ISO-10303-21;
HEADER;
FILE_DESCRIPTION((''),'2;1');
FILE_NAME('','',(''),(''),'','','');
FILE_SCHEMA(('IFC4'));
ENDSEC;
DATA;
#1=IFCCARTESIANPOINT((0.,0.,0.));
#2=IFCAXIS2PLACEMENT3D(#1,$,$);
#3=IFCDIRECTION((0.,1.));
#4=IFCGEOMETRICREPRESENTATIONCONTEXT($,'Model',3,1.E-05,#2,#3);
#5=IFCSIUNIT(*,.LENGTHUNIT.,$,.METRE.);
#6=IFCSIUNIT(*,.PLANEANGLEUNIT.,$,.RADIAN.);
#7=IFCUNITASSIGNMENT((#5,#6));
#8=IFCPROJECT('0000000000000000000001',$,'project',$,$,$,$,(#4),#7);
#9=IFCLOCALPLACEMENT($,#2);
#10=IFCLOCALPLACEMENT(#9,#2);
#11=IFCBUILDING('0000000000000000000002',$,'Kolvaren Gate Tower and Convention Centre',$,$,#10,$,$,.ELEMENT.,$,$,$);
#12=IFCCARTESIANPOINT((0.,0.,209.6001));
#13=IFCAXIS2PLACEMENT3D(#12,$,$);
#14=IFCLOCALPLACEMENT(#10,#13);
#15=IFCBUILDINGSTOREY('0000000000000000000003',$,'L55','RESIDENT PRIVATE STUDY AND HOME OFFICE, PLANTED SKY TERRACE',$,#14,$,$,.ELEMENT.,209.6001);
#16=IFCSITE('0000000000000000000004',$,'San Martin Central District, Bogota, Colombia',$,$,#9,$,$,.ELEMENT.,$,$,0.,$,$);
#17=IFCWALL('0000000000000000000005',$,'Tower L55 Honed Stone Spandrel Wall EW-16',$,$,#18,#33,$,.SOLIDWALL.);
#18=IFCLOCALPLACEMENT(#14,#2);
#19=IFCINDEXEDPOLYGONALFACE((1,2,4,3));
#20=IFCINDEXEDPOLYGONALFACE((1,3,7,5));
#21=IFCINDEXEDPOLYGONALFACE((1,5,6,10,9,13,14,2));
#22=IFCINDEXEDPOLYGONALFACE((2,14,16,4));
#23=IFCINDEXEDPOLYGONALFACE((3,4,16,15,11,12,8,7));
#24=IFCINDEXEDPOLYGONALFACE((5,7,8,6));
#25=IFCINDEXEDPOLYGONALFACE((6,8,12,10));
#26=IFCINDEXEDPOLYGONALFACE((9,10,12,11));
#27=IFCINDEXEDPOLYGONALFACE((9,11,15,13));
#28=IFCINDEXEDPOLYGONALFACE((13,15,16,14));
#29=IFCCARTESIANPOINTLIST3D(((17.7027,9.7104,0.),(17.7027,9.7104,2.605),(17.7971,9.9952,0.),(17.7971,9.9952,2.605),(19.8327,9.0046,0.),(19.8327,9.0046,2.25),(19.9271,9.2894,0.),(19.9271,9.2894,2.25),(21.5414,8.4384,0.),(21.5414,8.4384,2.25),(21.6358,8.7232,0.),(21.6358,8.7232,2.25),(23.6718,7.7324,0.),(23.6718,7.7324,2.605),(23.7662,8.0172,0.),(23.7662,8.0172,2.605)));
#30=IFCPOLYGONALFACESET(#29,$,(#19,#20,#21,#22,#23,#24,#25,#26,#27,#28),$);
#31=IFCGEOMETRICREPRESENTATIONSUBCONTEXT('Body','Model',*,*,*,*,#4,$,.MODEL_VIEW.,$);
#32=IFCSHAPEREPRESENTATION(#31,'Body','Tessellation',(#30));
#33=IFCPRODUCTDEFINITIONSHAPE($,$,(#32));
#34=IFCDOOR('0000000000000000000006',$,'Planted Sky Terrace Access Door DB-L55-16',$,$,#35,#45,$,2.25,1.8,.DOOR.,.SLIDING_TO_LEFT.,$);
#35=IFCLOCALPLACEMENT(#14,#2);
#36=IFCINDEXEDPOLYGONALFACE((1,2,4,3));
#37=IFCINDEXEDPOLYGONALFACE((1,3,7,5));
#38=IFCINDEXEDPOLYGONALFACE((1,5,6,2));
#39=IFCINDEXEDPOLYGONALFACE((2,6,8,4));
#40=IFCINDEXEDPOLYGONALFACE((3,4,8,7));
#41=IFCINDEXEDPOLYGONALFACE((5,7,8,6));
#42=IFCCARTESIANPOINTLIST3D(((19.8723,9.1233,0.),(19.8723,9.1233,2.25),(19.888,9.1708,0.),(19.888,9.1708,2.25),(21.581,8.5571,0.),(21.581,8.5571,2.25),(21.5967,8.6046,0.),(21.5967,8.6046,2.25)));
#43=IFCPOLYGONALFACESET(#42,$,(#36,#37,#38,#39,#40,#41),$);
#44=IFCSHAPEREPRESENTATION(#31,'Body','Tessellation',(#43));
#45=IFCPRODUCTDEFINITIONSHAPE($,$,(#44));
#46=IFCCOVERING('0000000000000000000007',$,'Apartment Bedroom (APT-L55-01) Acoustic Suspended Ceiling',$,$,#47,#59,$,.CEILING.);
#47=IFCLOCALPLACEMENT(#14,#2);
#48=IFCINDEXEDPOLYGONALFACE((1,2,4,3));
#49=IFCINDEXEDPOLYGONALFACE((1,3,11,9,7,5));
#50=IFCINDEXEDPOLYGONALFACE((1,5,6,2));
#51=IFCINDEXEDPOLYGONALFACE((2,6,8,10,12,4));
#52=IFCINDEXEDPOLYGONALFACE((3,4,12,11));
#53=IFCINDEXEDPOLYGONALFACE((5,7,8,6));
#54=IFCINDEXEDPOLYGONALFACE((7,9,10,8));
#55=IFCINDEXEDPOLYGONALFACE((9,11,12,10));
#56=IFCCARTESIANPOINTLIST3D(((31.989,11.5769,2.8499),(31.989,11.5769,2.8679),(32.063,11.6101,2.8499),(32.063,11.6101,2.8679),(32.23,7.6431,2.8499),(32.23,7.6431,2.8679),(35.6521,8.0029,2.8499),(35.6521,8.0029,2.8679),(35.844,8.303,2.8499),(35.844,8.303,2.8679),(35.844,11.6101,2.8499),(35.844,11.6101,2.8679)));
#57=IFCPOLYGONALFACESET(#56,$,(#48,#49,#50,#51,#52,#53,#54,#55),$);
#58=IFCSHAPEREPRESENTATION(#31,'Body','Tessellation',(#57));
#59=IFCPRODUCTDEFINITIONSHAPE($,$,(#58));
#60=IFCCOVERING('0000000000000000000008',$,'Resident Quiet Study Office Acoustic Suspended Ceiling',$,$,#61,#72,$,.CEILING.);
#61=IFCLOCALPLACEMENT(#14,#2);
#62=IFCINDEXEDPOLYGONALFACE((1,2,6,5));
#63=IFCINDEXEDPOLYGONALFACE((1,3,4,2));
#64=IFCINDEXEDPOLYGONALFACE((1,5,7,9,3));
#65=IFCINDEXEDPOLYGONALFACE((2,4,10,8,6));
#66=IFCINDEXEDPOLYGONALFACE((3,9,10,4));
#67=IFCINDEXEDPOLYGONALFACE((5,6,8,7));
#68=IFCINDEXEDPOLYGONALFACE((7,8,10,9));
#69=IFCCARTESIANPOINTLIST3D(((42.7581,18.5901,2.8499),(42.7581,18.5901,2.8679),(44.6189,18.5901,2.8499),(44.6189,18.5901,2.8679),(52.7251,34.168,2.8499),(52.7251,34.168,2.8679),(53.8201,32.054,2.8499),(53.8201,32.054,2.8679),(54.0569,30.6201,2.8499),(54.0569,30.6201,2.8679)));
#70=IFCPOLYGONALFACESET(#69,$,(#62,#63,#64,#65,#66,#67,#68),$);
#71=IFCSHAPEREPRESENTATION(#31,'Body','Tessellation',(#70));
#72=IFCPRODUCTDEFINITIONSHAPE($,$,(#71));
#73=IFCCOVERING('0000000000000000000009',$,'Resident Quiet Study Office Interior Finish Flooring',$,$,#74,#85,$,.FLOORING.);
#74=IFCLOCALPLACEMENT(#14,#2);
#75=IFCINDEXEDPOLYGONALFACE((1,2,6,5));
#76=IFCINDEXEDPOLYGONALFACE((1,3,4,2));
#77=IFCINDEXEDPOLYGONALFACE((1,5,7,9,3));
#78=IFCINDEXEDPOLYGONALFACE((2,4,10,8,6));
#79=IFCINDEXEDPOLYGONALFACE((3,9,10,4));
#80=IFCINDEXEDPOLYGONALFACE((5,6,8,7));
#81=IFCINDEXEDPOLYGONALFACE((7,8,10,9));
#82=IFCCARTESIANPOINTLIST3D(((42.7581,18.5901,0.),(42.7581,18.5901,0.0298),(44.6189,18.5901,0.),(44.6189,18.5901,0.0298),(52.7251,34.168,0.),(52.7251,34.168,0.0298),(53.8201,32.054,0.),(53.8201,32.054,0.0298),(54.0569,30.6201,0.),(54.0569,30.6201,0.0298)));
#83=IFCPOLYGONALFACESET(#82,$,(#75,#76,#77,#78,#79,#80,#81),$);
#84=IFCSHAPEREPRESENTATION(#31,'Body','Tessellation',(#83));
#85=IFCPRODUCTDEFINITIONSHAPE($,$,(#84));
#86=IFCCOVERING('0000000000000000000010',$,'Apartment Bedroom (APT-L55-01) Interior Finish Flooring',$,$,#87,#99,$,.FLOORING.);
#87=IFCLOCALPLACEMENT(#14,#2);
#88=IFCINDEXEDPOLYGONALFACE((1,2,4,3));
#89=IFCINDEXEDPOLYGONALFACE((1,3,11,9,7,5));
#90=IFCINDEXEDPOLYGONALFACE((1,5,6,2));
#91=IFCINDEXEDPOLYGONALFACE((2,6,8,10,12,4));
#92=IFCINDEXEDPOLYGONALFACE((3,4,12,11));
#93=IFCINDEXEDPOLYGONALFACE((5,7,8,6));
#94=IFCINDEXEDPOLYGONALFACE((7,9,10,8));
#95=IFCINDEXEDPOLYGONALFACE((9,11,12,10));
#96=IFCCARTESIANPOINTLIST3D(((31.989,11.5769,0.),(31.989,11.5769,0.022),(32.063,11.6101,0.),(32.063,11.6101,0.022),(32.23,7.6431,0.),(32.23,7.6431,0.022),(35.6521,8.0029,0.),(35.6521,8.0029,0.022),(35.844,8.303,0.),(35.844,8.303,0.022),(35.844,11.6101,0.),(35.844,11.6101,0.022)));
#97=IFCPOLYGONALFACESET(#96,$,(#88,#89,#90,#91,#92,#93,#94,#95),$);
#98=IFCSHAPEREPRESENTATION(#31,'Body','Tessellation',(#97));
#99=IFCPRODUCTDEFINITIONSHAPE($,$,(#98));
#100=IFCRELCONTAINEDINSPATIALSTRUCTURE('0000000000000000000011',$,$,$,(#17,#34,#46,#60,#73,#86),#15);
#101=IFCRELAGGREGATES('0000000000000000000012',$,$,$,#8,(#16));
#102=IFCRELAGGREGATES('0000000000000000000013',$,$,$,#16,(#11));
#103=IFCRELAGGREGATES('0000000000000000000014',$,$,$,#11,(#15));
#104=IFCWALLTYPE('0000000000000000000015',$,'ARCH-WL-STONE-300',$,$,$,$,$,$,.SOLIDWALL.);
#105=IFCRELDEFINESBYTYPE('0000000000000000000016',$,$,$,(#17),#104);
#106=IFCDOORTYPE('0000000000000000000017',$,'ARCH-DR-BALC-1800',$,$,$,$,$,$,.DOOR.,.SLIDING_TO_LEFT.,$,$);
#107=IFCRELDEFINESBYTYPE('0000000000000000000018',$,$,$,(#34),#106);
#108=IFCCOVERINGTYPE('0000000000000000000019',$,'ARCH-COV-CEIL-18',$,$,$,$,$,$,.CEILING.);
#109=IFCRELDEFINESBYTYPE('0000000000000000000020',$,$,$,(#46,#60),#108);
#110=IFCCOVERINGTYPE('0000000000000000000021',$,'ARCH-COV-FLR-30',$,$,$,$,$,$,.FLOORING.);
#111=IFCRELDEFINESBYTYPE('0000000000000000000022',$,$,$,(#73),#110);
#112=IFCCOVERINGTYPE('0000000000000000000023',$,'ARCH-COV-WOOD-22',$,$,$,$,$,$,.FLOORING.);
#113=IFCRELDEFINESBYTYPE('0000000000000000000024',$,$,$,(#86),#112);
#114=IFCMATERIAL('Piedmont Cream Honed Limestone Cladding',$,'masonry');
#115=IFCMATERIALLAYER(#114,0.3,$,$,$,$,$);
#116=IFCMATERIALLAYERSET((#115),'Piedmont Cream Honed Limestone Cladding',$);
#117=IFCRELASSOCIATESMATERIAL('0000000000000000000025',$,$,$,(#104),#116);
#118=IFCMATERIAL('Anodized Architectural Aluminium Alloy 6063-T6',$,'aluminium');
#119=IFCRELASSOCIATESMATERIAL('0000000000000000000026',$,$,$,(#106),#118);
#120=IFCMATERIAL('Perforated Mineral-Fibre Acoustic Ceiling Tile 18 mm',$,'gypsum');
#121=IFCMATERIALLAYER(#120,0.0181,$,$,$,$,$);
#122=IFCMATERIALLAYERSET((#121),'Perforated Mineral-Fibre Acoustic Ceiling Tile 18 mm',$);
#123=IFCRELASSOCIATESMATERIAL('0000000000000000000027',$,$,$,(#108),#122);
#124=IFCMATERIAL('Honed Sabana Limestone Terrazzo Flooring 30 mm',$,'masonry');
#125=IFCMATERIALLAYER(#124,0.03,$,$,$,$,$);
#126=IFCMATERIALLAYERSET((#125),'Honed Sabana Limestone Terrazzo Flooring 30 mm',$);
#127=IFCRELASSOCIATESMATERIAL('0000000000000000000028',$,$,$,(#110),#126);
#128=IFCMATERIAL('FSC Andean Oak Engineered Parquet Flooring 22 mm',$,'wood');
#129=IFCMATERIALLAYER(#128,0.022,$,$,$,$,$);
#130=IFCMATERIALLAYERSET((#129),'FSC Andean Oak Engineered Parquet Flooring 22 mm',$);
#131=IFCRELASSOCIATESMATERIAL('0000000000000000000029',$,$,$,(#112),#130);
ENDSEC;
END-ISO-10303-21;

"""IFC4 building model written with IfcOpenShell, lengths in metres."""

from ifc_helpers import new_model, si_unit, direction, frame, frame_2d, origin, place, context, subcontext, project, spatial, polyline, rectangle, outline, extrude, material, layer, layer_set, type_object, element, fill, save


model = new_model("IFC4")

# Units and contexts
model_context = context("Model", 3, precision=1e-05, world=origin(), true_north=direction((0.0, 1.0)))
body_context = subcontext(model_context, "Body", "Model", "MODEL_VIEW")
ifc_project = project(units=[si_unit("LENGTHUNIT", "METRE"), si_unit("PLANEANGLEUNIT", "RADIAN")], contexts=[model_context])

# Site, building, storey
site_placement = place(None, origin())
site = spatial("IfcSite", under=ifc_project, at=site_placement, Name="San Martin Central District, Bogota, Colombia", CompositionType="ELEMENT", RefElevation=0.0)
building_placement = place(site_placement, origin())
building = spatial("IfcBuilding", under=site, at=building_placement, Name="Kolvaren Gate Tower and Convention Centre", CompositionType="ELEMENT")
storey_placement = place(building_placement, frame((0.0, 0.0, 209.6001)))
storey = spatial("IfcBuildingStorey", under=building, at=storey_placement, Name="L55", Description="RESIDENT PRIVATE STUDY AND HOME OFFICE, PLANTED SKY TERRACE", CompositionType="ELEMENT", Elevation=209.6001)

# Shared definitions
ifc_material_1 = material(Name="Piedmont Cream Honed Limestone Cladding", Category="masonry")

# Wall, opening, door
ifc_layer_1 = layer(ifc_material_1, 0.3)
ifc_layer_set_1 = layer_set([ifc_layer_1], Name="Piedmont Cream Honed Limestone Cladding")
wall_type_1 = type_object("IfcWallType", Name="ARCH-WL-STONE-300", PredefinedType="SOLIDWALL", material=ifc_layer_set_1)
wall_1_placement = place(storey_placement, frame((17.75, 9.8528, 0.0), z_axis=(0.0, 0.0, 1.0), x_axis=(0.949241, -0.31455, 0.0)))
wall_1 = element("IfcWall", 1, at=wall_1_placement, inside=storey, type_object=wall_type_1, Name="Tower L55 Honed Stone Spandrel Wall EW-16", PredefinedType="SOLIDWALL", context=body_context, shape_type="SweptSolid", body=[
    extrude(rectangle(XDim=6.2883, YDim=0.3, at=frame_2d((3.144, 0.0))), origin(), (0.0, 0.0, 1.0), 2.605),
])
opening_placement = place(wall_1_placement, frame((2.2439, 0.0, 0.0)))
opening = element("IfcOpeningElement", 2, at=opening_placement, cuts=wall_1, PredefinedType="OPENING", context=body_context, shape_type="SweptSolid", body=[
    extrude(rectangle(XDim=1.8, YDim=2.25, at=frame_2d((0.8999, 1.125))), frame((0.0, 0.1599, 0.0), z_axis=(0.0, -1.0, 0.0), x_axis=(1.0, 0.0, 0.0)), (0.0, 0.0, 1.0), 0.3201),
])
ifc_material_2 = material(Name="Anodized Architectural Aluminium Alloy 6063-T6", Category="aluminium")
door_type = type_object("IfcDoorType", Name="ARCH-DR-BALC-1800", OperationType="SLIDING_TO_LEFT", PredefinedType="DOOR", material=ifc_material_2)
door_placement = place(opening_placement, frame((1.8, 0.0, 0.0), z_axis=(0.0, 0.0, 1.0), x_axis=(-1.0, 0.0, 0.0)))
door = element("IfcDoor", 3, at=door_placement, inside=storey, type_object=door_type, Name="Planted Sky Terrace Access Door DB-L55-16", OperationType="SLIDING_TO_LEFT", OverallHeight=2.25, OverallWidth=1.8, PredefinedType="DOOR", context=body_context, shape_type="SweptSolid", body=[
    extrude(rectangle(XDim=1.8, YDim=2.25, at=frame_2d((0.8999, 1.125))), frame((0.0, 0.0249, 0.0), z_axis=(0.0, -1.0, 0.0), x_axis=(1.0, 0.0, 0.0)), (0.0, 0.0, 1.0), 0.05),
])
fill(opening, door)

# Coverings
ifc_material_3 = material(Name="Perforated Mineral-Fibre Acoustic Ceiling Tile 18 mm", Category="gypsum")
ifc_layer_2 = layer(ifc_material_3, 0.0181)
ifc_layer_set_2 = layer_set([ifc_layer_2], Name="Perforated Mineral-Fibre Acoustic Ceiling Tile 18 mm")
covering_type_1 = type_object("IfcCoveringType", Name="ARCH-COV-CEIL-18", PredefinedType="CEILING", material=ifc_layer_set_2)
covering_1_placement = place(storey_placement, frame((0.0, 0.0, 2.8499)))
element("IfcCovering", 4, at=covering_1_placement, inside=storey, type_object=covering_type_1, Name="Apartment Bedroom (APT-L55-01) Acoustic Suspended Ceiling", PredefinedType="CEILING", context=body_context, shape_type="SweptSolid", body=[
    extrude(outline(polyline([(31.989, 11.5769), (32.063, 11.6101), (35.844, 11.6101), (35.844, 8.303), (35.6521, 8.0029), (32.23, 7.6431), (31.989, 11.5769)])), origin(), (0.0, 0.0, 1.0), 0.0181),
])
covering_2_placement = place(storey_placement, frame((0.0, 0.0, 2.8499)))
element("IfcCovering", 5, at=covering_2_placement, inside=storey, type_object=covering_type_1, Name="Resident Quiet Study Office Acoustic Suspended Ceiling", PredefinedType="CEILING", context=body_context, shape_type="SweptSolid", body=[
    extrude(outline(polyline([(44.6189, 18.5901), (42.7581, 18.5901), (52.7251, 34.168), (53.8201, 32.054), (54.0569, 30.6201), (44.6189, 18.5901)])), origin(), (0.0, 0.0, 1.0), 0.0181),
])
ifc_material_4 = material(Name="Honed Sabana Limestone Terrazzo Flooring 30 mm", Category="masonry")
ifc_layer_3 = layer(ifc_material_4, 0.03)
ifc_layer_set_3 = layer_set([ifc_layer_3], Name="Honed Sabana Limestone Terrazzo Flooring 30 mm")
covering_type_2 = type_object("IfcCoveringType", Name="ARCH-COV-FLR-30", PredefinedType="FLOORING", material=ifc_layer_set_3)
covering_3_placement = place(storey_placement, origin())
element("IfcCovering", 6, at=covering_3_placement, inside=storey, type_object=covering_type_2, Name="Resident Quiet Study Office Interior Finish Flooring", PredefinedType="FLOORING", context=body_context, shape_type="SweptSolid", body=[
    extrude(outline(polyline([(44.6189, 18.5901), (42.7581, 18.5901), (52.7251, 34.168), (53.8201, 32.054), (54.0569, 30.6201), (44.6189, 18.5901)])), origin(), (0.0, 0.0, 1.0), 0.0298),
])
ifc_material_5 = material(Name="FSC Andean Oak Engineered Parquet Flooring 22 mm", Category="wood")
ifc_layer_4 = layer(ifc_material_5, 0.022)
ifc_layer_set_4 = layer_set([ifc_layer_4], Name="FSC Andean Oak Engineered Parquet Flooring 22 mm")
covering_type_3 = type_object("IfcCoveringType", Name="ARCH-COV-WOOD-22", PredefinedType="FLOORING", material=ifc_layer_set_4)
covering_4_placement = place(storey_placement, origin())
element("IfcCovering", 7, at=covering_4_placement, inside=storey, type_object=covering_type_3, Name="Apartment Bedroom (APT-L55-01) Interior Finish Flooring", PredefinedType="FLOORING", context=body_context, shape_type="SweptSolid", body=[
    extrude(outline(polyline([(31.989, 11.5769), (32.063, 11.6101), (35.844, 11.6101), (35.844, 8.303), (35.6521, 8.0029), (32.23, 7.6431), (31.989, 11.5769)])), origin(), (0.0, 0.0, 1.0), 0.022),
])

save(model, "model.ifc")
